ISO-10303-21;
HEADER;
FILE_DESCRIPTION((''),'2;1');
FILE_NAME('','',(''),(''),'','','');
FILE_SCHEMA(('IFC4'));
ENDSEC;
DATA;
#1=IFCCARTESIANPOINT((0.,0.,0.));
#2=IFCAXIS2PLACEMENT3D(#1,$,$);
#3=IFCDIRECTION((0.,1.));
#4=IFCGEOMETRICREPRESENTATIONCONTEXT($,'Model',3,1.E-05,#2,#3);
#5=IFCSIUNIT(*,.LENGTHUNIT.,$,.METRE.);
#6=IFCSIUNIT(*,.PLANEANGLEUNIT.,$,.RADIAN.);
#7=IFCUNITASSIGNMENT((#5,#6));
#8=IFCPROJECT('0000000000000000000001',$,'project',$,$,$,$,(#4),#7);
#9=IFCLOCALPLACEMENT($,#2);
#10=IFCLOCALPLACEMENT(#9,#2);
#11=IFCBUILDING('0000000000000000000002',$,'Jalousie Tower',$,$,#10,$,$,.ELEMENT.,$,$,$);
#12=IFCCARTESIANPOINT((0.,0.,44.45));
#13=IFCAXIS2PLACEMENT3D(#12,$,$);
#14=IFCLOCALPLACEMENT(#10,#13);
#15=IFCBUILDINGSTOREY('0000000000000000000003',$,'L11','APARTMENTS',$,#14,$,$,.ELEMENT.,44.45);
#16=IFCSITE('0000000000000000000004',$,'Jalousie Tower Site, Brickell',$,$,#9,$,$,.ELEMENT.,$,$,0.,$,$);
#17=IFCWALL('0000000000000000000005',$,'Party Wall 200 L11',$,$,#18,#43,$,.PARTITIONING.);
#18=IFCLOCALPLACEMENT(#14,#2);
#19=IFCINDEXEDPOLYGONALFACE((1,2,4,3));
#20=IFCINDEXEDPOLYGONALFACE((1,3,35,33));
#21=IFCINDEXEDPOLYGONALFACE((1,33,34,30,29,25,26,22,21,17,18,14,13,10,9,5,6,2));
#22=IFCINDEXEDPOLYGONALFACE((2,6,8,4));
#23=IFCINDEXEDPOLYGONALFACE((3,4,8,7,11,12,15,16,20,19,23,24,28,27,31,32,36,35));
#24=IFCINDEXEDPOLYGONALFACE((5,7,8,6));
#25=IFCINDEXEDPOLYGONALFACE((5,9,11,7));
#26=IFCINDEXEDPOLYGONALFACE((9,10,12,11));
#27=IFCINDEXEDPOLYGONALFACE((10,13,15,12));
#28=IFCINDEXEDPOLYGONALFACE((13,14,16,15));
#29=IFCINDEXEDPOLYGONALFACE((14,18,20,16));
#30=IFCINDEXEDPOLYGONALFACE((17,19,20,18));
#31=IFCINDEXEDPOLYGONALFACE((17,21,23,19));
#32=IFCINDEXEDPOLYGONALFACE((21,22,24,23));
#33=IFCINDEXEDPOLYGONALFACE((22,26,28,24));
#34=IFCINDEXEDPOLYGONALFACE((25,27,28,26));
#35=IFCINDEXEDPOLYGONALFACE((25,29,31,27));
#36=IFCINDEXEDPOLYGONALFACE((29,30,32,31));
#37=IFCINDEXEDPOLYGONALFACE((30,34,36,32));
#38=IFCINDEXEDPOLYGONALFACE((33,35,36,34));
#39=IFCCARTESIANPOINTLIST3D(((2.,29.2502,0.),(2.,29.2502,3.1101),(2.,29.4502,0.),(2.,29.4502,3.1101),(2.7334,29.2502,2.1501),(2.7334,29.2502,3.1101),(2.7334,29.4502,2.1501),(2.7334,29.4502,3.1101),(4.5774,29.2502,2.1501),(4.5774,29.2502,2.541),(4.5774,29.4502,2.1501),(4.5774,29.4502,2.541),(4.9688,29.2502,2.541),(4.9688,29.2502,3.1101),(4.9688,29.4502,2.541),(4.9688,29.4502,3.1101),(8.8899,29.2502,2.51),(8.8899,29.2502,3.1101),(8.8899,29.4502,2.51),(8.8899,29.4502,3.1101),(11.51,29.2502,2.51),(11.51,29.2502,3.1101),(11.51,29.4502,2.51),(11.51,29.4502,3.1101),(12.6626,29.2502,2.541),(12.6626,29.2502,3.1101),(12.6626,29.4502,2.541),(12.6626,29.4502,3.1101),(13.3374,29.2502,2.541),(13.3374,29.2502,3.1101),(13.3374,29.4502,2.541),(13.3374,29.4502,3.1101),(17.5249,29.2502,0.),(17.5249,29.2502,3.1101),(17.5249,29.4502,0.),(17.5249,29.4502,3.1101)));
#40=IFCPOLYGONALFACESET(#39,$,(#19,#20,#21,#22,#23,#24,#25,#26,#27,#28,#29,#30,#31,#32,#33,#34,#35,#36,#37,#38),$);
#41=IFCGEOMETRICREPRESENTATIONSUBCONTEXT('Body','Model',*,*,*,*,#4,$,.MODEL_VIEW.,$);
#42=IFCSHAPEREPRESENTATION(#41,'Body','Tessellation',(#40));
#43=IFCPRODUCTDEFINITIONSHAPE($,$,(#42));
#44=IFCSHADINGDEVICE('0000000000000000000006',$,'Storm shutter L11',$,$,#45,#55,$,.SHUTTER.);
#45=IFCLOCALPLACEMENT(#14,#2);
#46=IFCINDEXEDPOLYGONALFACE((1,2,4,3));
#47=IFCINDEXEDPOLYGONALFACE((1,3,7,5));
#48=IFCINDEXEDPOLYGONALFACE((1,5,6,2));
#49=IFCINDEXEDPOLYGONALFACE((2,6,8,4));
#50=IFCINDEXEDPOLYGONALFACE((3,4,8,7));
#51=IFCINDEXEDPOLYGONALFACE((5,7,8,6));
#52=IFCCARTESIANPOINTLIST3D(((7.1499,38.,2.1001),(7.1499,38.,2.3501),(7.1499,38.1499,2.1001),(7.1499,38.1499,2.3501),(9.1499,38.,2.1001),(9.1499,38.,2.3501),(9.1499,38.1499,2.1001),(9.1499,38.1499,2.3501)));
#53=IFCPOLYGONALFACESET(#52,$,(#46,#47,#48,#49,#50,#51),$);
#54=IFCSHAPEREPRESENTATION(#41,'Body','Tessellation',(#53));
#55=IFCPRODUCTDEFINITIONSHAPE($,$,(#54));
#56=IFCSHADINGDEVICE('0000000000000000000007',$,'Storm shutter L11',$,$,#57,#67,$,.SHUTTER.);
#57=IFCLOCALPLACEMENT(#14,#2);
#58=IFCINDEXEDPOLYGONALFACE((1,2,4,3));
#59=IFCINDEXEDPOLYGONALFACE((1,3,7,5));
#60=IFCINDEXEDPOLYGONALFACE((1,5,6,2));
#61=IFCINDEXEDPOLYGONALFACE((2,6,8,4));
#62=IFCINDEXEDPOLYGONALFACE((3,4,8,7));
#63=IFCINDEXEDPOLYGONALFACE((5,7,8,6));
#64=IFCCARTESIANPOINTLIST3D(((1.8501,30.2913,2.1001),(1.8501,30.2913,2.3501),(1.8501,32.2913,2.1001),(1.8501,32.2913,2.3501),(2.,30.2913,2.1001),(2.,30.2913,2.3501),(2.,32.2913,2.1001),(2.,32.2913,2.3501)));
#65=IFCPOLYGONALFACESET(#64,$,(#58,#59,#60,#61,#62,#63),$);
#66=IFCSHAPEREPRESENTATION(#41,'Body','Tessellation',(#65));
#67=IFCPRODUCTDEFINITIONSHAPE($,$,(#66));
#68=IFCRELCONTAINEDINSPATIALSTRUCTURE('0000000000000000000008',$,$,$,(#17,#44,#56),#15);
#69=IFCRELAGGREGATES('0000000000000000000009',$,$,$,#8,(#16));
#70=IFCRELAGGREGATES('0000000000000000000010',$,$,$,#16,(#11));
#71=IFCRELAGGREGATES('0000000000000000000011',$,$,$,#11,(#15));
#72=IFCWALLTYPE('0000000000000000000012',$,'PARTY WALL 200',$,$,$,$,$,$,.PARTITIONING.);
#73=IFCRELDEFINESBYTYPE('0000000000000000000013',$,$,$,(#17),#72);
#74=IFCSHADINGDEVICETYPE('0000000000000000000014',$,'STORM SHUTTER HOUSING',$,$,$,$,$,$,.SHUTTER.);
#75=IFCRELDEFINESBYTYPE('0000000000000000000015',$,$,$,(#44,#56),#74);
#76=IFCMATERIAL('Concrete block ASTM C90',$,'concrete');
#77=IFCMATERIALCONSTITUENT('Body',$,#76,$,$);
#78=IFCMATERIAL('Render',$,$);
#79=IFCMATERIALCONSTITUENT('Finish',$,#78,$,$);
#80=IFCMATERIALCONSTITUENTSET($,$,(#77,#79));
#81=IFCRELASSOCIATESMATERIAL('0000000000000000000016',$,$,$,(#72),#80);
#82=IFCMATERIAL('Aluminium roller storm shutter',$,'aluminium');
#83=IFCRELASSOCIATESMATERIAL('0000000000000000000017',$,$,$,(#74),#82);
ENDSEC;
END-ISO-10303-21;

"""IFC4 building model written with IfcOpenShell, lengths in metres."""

from ifc_helpers import new_model, si_unit, direction, frame, origin, origin_2d, place, context, subcontext, project, spatial, polyline, rectangle, outline, extrude, material, constituent, constituent_set, type_object, element, save


model = new_model("IFC4")

# Units and contexts
model_context = context("Model", 3, precision=1e-05, world=origin(), true_north=direction((0.0, 1.0)))
body_context = subcontext(model_context, "Body", "Model", "MODEL_VIEW")
ifc_project = project(units=[si_unit("LENGTHUNIT", "METRE"), si_unit("PLANEANGLEUNIT", "RADIAN")], contexts=[model_context])

# Site, building, storey
site_placement = place(None, origin())
site = spatial("IfcSite", under=ifc_project, at=site_placement, Name="Jalousie Tower Site, Brickell", CompositionType="ELEMENT", RefElevation=0.0)
building_placement = place(site_placement, origin())
building = spatial("IfcBuilding", under=site, at=building_placement, Name="Jalousie Tower", CompositionType="ELEMENT")
storey_placement = place(building_placement, frame((0.0, 0.0, 44.45)))
storey = spatial("IfcBuildingStorey", under=building, at=storey_placement, Name="L11", Description="APARTMENTS", CompositionType="ELEMENT", Elevation=44.45)

# Wall
ifc_material_1 = material(Name="Concrete block ASTM C90", Category="concrete")
ifc_constituent_1 = constituent(ifc_material_1, Name="Body")
ifc_material_2 = material(Name="Render")
ifc_constituent_2 = constituent(ifc_material_2, Name="Finish")
ifc_constituent_set_1 = constituent_set(constituents=[ifc_constituent_1, ifc_constituent_2])
wall_type_1 = type_object("IfcWallType", Name="PARTY WALL 200", PredefinedType="PARTITIONING", material=ifc_constituent_set_1)
wall_1_placement = place(storey_placement, frame((2.0, 29.3501, 0.0), z_axis=(0.0, 0.0, 1.0), x_axis=(1.0, 0.0, 0.0)))
element("IfcWall", 1, at=wall_1_placement, inside=storey, type_object=wall_type_1, Name="Party Wall 200 L11", PredefinedType="PARTITIONING", context=body_context, shape_type="SweptSolid", body=[
    extrude(outline(polyline([(0.0, 0.0), (15.5249, 0.0), (15.5249, 3.1101), (11.3374, 3.1101), (11.3374, 2.541), (10.6626, 2.541), (10.6626, 3.1101), (9.51, 3.1101), (9.51, 2.51), (6.8899, 2.51), (6.8899, 3.1101), (2.9688, 3.1101), (2.9688, 2.541), (2.5774, 2.541), (2.5774, 2.1501), (0.7334, 2.1501), (0.7334, 3.1101), (0.0, 3.1101), (0.0, 0.0)])), frame((0.0, 0.1001, 0.0), z_axis=(0.0, -1.0, 0.0), x_axis=(1.0, 0.0, 0.0)), (0.0, 0.0, 1.0), 0.2),
])

# Shading devices
ifc_material_3 = material(Name="Aluminium roller storm shutter", Category="aluminium")
shading_device_type = type_object("IfcShadingDeviceType", Name="STORM SHUTTER HOUSING", PredefinedType="SHUTTER", material=ifc_material_3)
for number, where, z_axis, x_axis, name in (
    (2, (8.1499, 38.075, 2.1001), (0.0, 0.0, 1.0), (-1.0, 0.0, 0.0), "Storm shutter L11"),
    (3, (1.925, 31.2913, 2.1001), (0.0, 0.0, 1.0), (0.0, -1.0, 0.0), "Storm shutter L11"),
):
    element("IfcShadingDevice", number, at=place(storey_placement, frame(where, z_axis=z_axis, x_axis=x_axis)), inside=storey, type_object=shading_device_type, Name=name, PredefinedType="SHUTTER", context=body_context, shape_type="SweptSolid", body=[
        extrude(rectangle(XDim=2.0, YDim=0.1499, at=origin_2d()), origin(), (0.0, 0.0, 1.0), 0.25),
    ])

save(model, "model.ifc")
